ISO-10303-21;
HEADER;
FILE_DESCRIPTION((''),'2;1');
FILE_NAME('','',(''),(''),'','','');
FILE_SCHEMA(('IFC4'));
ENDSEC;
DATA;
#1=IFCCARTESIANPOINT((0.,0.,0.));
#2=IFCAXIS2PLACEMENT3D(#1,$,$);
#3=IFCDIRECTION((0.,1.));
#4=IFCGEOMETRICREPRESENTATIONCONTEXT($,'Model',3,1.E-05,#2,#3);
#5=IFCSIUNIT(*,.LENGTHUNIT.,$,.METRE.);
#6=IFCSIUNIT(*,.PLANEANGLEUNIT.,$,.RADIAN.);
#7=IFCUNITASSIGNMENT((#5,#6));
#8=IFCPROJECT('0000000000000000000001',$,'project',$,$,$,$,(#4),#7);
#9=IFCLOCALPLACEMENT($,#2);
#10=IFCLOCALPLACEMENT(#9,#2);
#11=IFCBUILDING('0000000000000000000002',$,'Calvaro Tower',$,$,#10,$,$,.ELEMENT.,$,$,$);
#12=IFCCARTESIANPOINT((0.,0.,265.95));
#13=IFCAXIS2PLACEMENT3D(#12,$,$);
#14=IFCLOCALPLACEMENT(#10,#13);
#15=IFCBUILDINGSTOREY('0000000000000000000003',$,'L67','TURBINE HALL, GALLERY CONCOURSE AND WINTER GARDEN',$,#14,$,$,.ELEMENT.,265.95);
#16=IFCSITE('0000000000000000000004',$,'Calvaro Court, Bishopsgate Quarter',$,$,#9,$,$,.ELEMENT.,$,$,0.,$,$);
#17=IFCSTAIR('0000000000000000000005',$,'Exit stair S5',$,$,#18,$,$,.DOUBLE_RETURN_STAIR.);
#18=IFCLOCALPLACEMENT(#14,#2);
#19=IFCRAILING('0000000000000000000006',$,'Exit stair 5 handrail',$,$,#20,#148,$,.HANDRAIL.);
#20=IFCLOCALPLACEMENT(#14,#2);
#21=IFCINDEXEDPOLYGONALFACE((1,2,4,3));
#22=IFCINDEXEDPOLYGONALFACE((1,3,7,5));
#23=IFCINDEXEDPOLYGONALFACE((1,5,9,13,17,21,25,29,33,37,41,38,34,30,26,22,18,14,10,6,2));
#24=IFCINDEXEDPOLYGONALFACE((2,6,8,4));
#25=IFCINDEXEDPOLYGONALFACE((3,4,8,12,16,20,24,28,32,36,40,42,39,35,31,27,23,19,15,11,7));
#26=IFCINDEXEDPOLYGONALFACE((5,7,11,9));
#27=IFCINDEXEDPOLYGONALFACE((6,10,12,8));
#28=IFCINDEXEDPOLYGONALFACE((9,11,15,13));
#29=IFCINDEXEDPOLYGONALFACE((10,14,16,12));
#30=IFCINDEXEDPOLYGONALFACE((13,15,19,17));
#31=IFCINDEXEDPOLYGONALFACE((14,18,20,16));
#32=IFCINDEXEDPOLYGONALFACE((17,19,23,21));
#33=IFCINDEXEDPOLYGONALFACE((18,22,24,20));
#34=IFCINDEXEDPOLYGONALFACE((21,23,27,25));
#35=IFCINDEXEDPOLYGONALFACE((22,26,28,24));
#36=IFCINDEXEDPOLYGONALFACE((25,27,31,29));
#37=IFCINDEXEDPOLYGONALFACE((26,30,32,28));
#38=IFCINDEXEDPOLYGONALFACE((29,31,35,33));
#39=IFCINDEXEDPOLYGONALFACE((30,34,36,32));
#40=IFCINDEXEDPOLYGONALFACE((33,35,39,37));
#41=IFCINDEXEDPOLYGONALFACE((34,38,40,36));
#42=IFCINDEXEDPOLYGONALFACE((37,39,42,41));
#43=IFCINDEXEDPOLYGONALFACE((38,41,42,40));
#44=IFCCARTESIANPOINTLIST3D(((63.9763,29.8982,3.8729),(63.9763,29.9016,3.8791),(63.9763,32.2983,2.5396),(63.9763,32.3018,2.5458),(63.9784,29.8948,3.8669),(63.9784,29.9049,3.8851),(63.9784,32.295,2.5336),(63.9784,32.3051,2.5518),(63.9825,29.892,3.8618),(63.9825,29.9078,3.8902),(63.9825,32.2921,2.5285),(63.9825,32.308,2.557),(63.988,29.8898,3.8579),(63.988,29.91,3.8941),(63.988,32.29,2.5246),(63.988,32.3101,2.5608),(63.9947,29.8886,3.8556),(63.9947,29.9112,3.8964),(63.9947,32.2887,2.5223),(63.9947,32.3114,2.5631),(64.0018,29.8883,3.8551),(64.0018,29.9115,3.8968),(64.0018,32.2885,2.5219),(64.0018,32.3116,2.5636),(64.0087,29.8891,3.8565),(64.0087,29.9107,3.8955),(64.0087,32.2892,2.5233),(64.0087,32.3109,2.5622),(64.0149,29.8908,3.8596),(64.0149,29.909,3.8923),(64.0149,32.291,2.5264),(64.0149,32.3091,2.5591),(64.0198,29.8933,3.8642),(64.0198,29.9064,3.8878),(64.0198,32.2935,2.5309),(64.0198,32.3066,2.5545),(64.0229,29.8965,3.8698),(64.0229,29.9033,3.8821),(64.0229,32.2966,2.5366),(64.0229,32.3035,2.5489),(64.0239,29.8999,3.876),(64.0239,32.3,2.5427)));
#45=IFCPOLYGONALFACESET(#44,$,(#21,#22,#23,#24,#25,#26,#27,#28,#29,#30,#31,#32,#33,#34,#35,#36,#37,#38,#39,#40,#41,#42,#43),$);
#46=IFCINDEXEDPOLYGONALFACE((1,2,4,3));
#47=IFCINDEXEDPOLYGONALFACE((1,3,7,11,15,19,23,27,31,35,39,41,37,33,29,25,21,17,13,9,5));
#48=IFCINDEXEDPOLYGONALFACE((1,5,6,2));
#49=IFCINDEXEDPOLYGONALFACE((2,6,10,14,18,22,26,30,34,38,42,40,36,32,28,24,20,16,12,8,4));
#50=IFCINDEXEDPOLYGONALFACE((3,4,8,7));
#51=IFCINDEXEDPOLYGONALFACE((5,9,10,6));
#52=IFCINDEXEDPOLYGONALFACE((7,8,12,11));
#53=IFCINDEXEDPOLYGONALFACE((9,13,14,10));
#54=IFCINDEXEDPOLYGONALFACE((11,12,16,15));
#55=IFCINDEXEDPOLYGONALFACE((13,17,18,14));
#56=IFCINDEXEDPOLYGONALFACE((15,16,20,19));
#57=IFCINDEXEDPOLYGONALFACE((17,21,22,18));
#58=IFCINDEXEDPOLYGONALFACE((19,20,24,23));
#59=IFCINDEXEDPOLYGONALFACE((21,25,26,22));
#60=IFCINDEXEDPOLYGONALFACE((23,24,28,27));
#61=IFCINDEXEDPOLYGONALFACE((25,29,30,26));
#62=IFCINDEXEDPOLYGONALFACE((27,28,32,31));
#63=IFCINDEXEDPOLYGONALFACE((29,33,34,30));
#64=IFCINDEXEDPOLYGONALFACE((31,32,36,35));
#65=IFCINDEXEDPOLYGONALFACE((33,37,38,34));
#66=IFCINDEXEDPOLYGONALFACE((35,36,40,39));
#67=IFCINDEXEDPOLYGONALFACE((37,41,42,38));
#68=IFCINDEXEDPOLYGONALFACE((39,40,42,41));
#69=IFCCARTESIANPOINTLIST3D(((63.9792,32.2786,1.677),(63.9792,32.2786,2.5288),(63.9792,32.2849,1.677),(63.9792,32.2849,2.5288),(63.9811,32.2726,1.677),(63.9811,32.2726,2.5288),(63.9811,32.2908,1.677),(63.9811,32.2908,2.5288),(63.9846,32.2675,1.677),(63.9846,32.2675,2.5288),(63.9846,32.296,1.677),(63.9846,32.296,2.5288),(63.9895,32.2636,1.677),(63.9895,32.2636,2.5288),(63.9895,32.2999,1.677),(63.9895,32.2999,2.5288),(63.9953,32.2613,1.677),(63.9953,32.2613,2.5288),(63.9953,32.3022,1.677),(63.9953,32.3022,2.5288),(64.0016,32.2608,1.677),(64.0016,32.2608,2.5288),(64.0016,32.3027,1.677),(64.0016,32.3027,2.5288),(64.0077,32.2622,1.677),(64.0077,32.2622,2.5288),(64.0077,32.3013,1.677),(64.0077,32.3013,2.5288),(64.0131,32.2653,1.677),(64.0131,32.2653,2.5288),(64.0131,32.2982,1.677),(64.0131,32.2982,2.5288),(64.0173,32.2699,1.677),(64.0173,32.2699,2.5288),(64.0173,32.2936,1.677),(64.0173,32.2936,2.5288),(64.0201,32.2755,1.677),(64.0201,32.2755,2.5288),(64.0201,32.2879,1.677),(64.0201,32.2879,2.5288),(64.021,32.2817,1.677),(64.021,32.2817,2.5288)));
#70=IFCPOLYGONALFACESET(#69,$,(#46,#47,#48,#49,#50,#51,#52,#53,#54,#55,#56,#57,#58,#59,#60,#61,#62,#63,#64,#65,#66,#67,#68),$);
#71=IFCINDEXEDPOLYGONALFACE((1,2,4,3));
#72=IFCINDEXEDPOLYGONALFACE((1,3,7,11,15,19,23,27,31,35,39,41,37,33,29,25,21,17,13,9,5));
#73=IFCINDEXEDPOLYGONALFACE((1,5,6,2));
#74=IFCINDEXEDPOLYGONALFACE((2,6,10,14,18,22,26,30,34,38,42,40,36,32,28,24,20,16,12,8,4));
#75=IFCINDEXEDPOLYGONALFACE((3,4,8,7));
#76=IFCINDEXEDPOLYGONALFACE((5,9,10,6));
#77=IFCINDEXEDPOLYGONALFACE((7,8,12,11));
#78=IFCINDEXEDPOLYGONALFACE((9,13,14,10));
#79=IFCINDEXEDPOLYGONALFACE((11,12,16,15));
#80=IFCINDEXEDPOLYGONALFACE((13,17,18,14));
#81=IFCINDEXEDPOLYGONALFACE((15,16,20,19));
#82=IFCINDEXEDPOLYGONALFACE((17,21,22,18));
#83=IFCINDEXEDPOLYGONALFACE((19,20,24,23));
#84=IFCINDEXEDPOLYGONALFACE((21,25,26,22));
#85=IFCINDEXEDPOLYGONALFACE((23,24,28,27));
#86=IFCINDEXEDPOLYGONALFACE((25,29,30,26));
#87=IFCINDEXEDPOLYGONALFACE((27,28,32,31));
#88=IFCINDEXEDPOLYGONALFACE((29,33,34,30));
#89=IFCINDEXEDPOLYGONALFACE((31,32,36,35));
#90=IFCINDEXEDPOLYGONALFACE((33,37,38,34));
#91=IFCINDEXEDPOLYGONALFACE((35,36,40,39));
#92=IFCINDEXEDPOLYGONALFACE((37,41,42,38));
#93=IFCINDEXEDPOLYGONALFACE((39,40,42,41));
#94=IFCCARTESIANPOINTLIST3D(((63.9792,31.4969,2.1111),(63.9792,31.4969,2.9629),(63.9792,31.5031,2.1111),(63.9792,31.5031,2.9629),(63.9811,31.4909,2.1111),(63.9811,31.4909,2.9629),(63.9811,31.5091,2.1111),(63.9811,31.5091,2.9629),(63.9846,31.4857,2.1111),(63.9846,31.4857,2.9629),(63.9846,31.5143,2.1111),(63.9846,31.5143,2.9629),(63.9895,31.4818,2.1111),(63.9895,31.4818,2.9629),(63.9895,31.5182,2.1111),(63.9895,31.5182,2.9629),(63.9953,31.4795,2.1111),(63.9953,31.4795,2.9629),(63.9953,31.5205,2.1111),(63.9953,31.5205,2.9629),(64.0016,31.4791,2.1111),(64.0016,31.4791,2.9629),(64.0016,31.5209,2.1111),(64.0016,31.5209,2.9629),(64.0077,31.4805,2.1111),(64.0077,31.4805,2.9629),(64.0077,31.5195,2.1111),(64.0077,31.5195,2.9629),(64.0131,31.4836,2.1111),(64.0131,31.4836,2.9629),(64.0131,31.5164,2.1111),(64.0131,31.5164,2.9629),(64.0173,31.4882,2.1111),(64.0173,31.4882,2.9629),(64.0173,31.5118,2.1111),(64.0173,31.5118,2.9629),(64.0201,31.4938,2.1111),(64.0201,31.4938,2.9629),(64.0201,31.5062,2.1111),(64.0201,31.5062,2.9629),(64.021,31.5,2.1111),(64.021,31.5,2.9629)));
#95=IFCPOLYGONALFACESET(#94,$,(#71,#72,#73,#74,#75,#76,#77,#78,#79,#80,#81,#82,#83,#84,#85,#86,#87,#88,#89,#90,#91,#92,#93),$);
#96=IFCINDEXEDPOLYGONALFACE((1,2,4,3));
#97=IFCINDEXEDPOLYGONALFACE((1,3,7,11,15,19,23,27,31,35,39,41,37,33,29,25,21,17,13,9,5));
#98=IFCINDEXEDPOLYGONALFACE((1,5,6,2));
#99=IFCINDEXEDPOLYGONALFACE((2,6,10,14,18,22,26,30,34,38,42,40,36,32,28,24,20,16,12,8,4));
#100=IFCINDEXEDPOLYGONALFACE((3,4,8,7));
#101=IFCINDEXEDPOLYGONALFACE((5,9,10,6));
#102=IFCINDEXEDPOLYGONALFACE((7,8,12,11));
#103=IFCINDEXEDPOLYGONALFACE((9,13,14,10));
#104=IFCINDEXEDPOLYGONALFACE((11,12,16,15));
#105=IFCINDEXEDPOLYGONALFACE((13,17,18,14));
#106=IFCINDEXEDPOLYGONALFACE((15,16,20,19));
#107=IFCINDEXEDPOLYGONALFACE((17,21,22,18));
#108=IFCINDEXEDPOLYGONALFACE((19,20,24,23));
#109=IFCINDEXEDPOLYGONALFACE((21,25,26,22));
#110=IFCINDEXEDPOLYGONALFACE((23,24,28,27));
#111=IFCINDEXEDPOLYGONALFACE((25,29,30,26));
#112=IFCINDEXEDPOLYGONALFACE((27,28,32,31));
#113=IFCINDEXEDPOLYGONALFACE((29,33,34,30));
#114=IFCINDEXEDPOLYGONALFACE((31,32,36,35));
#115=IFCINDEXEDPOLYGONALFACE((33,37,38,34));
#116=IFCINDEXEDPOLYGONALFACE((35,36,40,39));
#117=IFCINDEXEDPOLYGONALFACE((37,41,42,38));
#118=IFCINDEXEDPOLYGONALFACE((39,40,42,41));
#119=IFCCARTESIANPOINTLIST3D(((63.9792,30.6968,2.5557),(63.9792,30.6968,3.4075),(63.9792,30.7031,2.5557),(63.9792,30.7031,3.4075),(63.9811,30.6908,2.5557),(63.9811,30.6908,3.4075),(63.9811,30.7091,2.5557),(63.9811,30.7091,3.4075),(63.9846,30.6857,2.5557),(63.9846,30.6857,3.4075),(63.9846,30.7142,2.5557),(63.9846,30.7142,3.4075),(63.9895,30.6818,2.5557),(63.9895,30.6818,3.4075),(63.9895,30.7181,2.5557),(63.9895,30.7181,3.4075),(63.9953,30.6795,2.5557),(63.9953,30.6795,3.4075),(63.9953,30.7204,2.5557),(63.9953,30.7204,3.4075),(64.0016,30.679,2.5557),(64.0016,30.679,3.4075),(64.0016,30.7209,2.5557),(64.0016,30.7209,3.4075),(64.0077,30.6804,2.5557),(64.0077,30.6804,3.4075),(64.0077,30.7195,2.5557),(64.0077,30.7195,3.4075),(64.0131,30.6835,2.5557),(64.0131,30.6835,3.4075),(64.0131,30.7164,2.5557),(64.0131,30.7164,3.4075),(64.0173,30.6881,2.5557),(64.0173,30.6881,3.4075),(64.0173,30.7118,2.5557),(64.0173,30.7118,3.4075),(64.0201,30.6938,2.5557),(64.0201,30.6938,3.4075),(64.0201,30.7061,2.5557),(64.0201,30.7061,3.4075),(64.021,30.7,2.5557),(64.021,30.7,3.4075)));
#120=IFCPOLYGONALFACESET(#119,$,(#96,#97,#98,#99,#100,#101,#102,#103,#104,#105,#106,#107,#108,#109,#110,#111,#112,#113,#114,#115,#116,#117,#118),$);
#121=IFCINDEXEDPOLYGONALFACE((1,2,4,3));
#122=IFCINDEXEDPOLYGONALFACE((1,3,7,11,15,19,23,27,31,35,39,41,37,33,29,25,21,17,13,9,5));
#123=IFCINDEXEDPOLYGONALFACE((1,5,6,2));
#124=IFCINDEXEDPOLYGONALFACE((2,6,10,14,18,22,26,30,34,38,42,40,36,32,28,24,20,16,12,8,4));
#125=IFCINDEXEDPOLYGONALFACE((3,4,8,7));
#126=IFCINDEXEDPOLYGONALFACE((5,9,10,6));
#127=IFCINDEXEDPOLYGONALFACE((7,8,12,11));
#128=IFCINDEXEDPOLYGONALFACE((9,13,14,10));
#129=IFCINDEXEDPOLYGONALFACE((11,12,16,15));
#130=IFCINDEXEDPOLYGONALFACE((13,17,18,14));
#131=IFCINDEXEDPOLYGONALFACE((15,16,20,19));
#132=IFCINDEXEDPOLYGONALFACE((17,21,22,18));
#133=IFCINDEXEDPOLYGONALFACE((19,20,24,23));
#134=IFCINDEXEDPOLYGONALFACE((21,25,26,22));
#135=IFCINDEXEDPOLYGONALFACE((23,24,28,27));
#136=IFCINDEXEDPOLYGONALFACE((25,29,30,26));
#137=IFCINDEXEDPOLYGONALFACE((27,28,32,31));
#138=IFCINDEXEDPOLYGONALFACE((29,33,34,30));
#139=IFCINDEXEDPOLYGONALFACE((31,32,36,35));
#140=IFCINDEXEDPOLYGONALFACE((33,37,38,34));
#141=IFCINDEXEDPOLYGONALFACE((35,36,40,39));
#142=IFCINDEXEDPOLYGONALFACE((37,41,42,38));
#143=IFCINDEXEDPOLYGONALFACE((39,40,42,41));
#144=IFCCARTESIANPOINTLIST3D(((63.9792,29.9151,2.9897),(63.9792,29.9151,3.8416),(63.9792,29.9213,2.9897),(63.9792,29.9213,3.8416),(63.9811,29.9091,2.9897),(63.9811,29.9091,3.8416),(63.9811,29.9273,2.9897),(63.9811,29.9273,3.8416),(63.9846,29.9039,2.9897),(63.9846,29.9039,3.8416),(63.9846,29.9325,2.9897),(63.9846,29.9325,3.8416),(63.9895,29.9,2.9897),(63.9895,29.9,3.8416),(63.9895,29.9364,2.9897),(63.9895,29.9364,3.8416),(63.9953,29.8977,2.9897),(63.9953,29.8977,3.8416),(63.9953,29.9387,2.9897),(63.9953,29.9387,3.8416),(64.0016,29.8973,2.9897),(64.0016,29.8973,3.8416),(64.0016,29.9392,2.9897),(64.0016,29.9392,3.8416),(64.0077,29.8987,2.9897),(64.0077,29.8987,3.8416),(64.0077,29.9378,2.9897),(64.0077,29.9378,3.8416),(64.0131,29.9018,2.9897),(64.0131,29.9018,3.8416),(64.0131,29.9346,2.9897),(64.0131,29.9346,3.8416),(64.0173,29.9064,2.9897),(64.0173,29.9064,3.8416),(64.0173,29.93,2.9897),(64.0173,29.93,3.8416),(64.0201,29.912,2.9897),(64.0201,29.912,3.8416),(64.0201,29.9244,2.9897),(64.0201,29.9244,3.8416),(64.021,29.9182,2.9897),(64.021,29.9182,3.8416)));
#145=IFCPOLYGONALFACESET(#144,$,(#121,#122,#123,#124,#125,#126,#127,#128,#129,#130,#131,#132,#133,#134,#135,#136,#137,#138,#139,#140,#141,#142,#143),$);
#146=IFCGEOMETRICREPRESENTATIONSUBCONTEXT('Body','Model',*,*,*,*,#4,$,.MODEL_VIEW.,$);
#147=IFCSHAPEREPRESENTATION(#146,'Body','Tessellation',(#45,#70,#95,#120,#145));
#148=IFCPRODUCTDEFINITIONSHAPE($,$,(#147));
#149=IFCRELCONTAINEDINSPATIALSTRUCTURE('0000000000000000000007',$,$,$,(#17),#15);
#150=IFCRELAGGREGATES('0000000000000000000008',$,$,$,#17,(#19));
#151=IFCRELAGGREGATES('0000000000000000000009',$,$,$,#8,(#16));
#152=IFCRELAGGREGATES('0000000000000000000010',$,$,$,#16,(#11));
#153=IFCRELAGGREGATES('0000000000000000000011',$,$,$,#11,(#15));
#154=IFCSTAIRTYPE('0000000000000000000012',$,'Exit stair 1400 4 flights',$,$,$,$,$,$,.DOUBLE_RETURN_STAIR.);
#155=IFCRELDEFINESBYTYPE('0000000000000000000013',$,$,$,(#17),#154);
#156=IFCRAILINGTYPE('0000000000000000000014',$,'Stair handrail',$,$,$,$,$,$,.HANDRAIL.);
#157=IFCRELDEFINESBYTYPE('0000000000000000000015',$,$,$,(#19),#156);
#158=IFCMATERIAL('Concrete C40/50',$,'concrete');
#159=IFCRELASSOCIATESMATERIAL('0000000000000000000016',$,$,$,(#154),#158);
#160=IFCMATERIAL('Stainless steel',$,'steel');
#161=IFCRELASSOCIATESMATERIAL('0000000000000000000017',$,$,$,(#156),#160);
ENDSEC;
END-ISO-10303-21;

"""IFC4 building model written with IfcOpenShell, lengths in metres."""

from ifc_helpers import new_model, si_unit, direction, frame, origin, origin_2d, place, context, subcontext, project, spatial, circle, extrude, material, type_object, element, aggregate, save


model = new_model("IFC4")

# Units and contexts
model_context = context("Model", 3, precision=1e-05, world=origin(), true_north=direction((0.0, 1.0)))
body_context = subcontext(model_context, "Body", "Model", "MODEL_VIEW")
ifc_project = project(units=[si_unit("LENGTHUNIT", "METRE"), si_unit("PLANEANGLEUNIT", "RADIAN")], contexts=[model_context])

# Site, building, storey
site_placement = place(None, origin())
site = spatial("IfcSite", under=ifc_project, at=site_placement, Name="Calvaro Court, Bishopsgate Quarter", CompositionType="ELEMENT", RefElevation=0.0)
building_placement = place(site_placement, origin())
building = spatial("IfcBuilding", under=site, at=building_placement, Name="Calvaro Tower", CompositionType="ELEMENT")
storey_placement = place(building_placement, frame((0.0, 0.0, 265.95)))
storey = spatial("IfcBuildingStorey", under=building, at=storey_placement, Name="L67", Description="TURBINE HALL, GALLERY CONCOURSE AND WINTER GARDEN", CompositionType="ELEMENT", Elevation=265.95)

# Stair
ifc_material_1 = material(Name="Concrete C40/50", Category="concrete")
stair_type = type_object("IfcStairType", Name="Exit stair 1400 4 flights", PredefinedType="DOUBLE_RETURN_STAIR", material=ifc_material_1)
stair_1_placement = place(storey_placement, origin())
stair_1 = element("IfcStair", 1, at=stair_1_placement, inside=storey, type_object=stair_type, Name="Exit stair S5", PredefinedType="DOUBLE_RETURN_STAIR")

# Railing
ifc_material_2 = material(Name="Stainless steel", Category="steel")
railing_type_1 = type_object("IfcRailingType", Name="Stair handrail", PredefinedType="HANDRAIL", material=ifc_material_2)
railing_1_placement = place(storey_placement, frame((64.0, 32.3, 1.6667)))
railing_1 = element("IfcRailing", 2, at=railing_1_placement, type_object=railing_type_1, Name="Exit stair 5 handrail", PredefinedType="HANDRAIL", context=body_context, shape_type="SweptSolid", body=[
    extrude(circle(Radius=0.0239, at=origin_2d()), frame((0.0, 0.0, 0.876), z_axis=(0.0, -0.874182, 0.485598), x_axis=(1.0, 0.0, 0.0)), (0.0, 0.0, 1.0), 2.7456),
    extrude(circle(Radius=0.021, at=origin_2d()), frame((0.0, -0.0183, 0.0103)), (0.0, 0.0, 1.0), 0.8518),
    extrude(circle(Radius=0.021, at=origin_2d()), frame((0.0, -0.8, 0.4443)), (0.0, 0.0, 1.0), 0.8518),
    extrude(circle(Radius=0.021, at=origin_2d()), frame((0.0, -1.6001, 0.8889)), (0.0, 0.0, 1.0), 0.8518),
    extrude(circle(Radius=0.021, at=origin_2d()), frame((0.0, -2.3818, 1.323)), (0.0, 0.0, 1.0), 0.8518),
])
aggregate(stair_1, [railing_1])

save(model, "model.ifc")
